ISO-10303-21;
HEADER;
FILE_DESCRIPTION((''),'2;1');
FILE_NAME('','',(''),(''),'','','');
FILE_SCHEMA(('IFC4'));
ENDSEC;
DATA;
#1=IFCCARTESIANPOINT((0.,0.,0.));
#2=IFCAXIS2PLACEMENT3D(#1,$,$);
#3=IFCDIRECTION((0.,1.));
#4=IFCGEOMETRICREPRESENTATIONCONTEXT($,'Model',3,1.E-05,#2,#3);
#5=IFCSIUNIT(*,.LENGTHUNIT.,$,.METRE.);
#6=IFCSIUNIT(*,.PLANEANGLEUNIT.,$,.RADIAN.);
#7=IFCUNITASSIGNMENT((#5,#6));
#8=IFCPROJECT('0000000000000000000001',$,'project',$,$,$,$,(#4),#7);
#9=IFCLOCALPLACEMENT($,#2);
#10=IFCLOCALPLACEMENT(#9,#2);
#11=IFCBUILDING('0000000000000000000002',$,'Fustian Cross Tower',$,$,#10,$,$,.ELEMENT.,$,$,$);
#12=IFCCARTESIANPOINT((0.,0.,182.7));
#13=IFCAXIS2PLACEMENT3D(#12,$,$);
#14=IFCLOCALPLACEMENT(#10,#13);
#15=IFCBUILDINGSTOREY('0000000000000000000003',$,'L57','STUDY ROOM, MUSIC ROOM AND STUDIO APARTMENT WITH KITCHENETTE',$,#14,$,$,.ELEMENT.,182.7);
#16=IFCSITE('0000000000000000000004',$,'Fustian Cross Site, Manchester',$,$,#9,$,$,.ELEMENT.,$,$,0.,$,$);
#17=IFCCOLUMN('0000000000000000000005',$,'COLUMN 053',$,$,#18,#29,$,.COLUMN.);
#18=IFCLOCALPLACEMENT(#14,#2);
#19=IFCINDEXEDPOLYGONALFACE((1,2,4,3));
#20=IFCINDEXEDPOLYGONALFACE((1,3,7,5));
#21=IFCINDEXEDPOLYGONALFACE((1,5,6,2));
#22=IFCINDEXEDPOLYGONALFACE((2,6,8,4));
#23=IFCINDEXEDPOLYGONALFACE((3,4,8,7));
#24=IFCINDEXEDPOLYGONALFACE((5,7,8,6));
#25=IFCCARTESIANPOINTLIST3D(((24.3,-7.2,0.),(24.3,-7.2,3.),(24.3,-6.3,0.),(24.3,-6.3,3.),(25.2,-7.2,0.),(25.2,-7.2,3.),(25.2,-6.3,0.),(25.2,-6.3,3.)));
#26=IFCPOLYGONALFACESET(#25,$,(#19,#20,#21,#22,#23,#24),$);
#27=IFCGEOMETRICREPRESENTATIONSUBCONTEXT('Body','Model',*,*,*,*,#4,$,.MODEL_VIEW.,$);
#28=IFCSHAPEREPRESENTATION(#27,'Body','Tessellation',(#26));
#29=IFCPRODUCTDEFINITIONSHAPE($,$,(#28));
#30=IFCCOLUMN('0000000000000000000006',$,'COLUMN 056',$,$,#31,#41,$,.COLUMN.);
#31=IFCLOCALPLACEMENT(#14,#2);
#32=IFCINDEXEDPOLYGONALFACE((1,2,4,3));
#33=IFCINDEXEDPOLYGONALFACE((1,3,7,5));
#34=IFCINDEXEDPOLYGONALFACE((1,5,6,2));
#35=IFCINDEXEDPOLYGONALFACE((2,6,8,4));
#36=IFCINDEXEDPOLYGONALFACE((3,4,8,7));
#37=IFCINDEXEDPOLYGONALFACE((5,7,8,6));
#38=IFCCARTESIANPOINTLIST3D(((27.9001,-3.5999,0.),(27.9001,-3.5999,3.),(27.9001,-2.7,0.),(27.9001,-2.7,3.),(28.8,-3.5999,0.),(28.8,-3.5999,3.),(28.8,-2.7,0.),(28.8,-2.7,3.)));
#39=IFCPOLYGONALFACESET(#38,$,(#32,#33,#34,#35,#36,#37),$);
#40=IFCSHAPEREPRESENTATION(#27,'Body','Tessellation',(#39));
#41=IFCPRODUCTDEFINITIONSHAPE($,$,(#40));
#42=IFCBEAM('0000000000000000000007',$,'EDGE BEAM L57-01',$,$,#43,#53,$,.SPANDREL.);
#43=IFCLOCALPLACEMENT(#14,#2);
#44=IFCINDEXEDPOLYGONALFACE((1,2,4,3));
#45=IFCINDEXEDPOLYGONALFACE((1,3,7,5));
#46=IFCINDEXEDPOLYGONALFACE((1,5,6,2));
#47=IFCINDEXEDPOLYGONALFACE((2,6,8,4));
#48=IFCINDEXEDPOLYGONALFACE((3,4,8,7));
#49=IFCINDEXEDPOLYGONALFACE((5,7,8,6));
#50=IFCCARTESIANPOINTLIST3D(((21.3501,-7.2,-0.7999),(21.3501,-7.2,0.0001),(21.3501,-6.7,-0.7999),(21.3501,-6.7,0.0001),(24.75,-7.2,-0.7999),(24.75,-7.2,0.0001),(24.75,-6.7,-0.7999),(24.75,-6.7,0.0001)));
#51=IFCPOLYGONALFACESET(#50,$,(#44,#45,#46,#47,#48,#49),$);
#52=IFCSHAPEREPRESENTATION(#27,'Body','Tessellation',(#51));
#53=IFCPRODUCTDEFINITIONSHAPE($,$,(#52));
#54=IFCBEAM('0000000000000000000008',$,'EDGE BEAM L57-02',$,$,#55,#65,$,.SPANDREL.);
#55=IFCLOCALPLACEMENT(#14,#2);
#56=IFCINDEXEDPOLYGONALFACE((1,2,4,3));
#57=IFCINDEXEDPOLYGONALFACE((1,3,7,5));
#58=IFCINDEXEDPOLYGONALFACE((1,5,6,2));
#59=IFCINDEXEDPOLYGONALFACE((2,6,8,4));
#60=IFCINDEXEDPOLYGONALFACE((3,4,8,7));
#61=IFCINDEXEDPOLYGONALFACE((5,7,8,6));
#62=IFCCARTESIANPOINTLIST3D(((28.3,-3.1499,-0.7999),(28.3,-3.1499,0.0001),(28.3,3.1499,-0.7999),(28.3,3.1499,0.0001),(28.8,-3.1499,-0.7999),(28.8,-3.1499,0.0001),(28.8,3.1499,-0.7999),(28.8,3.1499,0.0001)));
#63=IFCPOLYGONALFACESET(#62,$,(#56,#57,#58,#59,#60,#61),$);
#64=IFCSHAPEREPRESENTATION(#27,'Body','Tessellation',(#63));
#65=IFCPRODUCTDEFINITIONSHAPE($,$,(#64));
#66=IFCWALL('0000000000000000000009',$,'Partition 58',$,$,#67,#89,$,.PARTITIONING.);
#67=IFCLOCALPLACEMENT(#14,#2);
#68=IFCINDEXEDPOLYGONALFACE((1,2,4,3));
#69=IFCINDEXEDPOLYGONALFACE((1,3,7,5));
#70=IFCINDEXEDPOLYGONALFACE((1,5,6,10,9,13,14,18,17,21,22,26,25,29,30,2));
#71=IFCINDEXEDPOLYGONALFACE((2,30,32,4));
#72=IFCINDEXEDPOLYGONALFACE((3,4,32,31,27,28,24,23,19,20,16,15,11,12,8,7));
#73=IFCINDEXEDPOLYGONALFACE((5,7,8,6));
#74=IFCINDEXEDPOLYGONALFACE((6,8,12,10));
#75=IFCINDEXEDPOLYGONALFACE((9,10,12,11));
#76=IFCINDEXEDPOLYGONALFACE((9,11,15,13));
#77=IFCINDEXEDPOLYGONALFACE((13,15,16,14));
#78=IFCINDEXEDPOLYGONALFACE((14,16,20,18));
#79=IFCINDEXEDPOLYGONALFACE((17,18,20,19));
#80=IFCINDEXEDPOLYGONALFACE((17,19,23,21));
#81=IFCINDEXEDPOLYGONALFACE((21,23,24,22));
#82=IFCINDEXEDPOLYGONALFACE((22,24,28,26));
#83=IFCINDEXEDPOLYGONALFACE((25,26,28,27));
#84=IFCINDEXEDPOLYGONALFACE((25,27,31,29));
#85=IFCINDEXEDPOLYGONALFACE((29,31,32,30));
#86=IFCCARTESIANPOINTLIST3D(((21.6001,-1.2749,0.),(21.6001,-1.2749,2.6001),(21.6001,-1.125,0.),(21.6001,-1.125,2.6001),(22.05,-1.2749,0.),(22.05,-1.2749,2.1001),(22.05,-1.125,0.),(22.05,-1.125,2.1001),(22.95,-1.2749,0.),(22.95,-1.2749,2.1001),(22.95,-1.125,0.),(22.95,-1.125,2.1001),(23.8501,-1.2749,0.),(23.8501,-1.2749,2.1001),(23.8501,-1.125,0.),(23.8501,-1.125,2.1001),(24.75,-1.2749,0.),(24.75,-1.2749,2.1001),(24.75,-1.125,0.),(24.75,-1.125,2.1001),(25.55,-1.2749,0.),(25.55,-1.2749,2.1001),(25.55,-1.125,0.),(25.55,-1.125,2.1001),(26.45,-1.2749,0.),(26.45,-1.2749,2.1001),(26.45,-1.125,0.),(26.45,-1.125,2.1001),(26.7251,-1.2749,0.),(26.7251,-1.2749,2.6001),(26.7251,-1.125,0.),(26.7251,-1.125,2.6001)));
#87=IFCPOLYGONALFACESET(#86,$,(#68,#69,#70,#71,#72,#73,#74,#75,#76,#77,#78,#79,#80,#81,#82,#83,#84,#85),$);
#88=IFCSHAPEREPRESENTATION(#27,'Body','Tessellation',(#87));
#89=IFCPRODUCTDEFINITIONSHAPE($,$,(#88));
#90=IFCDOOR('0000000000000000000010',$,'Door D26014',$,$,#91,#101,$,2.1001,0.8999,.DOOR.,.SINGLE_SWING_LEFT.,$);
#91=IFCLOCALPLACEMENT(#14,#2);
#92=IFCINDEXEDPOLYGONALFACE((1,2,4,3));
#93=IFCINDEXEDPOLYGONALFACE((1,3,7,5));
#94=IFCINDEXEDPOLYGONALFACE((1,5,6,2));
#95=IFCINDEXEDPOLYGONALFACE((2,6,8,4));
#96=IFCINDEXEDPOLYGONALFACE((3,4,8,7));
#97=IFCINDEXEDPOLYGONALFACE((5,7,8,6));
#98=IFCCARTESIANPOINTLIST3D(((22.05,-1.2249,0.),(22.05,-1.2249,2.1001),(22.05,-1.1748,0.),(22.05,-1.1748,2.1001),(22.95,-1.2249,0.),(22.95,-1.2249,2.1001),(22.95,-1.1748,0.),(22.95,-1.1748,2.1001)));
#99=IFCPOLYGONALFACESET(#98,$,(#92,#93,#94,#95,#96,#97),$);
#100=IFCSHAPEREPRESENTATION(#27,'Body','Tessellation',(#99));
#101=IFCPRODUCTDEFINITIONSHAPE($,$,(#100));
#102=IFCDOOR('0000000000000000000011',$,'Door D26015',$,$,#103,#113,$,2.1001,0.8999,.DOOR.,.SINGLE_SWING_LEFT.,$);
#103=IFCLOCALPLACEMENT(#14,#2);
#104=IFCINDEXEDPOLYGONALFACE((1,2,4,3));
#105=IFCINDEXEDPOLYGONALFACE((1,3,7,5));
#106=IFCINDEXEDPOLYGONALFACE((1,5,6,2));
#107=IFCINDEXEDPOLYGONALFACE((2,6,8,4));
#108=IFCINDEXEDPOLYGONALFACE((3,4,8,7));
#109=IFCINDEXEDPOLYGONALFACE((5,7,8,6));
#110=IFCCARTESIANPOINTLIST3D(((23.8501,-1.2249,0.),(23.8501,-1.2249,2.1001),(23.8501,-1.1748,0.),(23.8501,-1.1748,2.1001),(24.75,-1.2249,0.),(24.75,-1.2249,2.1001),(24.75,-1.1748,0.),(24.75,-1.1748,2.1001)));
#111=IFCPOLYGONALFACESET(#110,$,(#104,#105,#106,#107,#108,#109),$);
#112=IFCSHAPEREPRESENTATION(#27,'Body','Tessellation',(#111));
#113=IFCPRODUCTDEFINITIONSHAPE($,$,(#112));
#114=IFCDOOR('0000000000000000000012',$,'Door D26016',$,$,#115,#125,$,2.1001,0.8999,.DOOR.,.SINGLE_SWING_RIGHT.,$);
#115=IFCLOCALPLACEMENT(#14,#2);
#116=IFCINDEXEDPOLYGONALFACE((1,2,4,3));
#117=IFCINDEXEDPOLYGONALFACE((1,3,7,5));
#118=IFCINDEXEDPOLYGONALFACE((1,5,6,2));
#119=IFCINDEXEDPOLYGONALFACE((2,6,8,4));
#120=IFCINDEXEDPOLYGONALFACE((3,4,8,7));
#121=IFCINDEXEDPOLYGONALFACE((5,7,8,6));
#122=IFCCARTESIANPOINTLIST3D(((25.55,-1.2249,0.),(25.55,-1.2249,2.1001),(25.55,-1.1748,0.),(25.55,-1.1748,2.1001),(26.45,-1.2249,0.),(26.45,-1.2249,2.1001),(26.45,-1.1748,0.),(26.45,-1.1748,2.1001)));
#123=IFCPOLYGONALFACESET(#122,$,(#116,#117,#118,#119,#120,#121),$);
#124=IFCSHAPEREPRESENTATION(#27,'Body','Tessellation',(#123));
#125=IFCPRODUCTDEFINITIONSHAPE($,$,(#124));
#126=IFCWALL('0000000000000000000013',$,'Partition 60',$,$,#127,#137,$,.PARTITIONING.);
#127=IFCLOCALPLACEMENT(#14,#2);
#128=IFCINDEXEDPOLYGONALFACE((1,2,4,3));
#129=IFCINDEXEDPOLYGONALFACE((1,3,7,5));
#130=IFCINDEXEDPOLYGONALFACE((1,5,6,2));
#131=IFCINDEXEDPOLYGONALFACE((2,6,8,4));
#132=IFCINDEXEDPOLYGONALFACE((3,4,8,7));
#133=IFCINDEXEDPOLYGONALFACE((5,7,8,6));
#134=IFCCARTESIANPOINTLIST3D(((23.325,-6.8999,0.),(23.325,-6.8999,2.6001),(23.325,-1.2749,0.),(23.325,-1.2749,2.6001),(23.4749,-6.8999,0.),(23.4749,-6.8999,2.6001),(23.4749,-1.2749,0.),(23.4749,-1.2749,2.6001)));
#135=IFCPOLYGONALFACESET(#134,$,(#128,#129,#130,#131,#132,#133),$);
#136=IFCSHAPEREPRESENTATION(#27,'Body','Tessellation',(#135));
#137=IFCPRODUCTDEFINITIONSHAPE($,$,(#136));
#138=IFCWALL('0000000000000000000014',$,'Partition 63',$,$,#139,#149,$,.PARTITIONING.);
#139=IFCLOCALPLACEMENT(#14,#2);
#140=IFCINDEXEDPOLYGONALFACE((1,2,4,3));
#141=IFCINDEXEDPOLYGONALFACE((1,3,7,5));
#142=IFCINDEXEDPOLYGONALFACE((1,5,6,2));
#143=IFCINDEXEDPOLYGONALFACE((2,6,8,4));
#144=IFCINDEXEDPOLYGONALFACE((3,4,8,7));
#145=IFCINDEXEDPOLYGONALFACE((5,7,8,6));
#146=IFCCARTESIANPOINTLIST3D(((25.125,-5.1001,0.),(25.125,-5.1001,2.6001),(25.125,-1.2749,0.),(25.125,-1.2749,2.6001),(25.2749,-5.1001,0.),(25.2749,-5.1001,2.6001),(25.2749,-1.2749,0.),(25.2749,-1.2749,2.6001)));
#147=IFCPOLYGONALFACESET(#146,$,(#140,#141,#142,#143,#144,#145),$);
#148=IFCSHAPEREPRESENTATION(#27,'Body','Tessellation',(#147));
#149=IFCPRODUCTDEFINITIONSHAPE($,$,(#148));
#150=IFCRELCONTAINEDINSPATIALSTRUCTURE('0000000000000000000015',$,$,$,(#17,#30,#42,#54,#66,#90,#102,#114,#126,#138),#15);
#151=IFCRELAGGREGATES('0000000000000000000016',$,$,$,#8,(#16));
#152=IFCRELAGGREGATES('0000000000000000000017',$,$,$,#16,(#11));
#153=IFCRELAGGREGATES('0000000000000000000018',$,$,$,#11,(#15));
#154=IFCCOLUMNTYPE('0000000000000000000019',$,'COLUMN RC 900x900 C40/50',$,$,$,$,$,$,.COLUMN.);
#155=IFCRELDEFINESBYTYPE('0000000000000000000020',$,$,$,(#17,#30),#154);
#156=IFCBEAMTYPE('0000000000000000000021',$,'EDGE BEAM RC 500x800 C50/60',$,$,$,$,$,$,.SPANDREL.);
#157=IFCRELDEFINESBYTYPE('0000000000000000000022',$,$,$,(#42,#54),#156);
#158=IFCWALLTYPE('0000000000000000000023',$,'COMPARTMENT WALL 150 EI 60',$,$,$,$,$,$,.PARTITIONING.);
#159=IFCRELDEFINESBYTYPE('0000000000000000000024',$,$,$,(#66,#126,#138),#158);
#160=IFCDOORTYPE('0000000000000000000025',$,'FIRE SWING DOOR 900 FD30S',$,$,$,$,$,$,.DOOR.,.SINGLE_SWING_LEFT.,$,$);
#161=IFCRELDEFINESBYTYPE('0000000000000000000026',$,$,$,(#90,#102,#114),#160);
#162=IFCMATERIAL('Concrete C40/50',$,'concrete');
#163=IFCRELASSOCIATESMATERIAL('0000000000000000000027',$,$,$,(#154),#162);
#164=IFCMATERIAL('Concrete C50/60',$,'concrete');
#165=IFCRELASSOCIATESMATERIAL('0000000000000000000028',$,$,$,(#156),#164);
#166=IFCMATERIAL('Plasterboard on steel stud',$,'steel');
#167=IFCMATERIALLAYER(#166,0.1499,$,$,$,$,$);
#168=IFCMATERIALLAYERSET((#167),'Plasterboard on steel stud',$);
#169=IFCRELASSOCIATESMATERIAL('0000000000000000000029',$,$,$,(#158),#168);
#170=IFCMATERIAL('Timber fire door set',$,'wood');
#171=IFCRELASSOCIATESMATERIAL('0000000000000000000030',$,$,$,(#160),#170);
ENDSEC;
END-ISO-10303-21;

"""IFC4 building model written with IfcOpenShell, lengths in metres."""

from ifc_helpers import new_model, si_unit, direction, frame, frame_2d, origin, origin_2d, place, context, subcontext, project, spatial, rectangle, extrude, material, layer, layer_set, material_profile, profile_set, type_object, element, fill, save


model = new_model("IFC4")

# Units and contexts
model_context = context("Model", 3, precision=1e-05, world=origin(), true_north=direction((0.0, 1.0)))
body_context = subcontext(model_context, "Body", "Model", "MODEL_VIEW")
ifc_project = project(units=[si_unit("LENGTHUNIT", "METRE"), si_unit("PLANEANGLEUNIT", "RADIAN")], contexts=[model_context])

# Site, building, storey
site_placement = place(None, origin())
site = spatial("IfcSite", under=ifc_project, at=site_placement, Name="Fustian Cross Site, Manchester", CompositionType="ELEMENT", RefElevation=0.0)
building_placement = place(site_placement, origin())
building = spatial("IfcBuilding", under=site, at=building_placement, Name="Fustian Cross Tower", CompositionType="ELEMENT")
storey_placement = place(building_placement, frame((0.0, 0.0, 182.7)))
storey = spatial("IfcBuildingStorey", under=building, at=storey_placement, Name="L57", Description="STUDY ROOM, MUSIC ROOM AND STUDIO APARTMENT WITH KITCHENETTE", CompositionType="ELEMENT", Elevation=182.7)

# Columns
ifc_material_1 = material(Name="Concrete C40/50", Category="concrete")
ifc_material_profile_1 = material_profile(ifc_material_1, rectangle(XDim=0.8999, YDim=0.8999, at=origin_2d()), Name="RC 900x900")
ifc_profile_set_1 = profile_set([ifc_material_profile_1], Name="Concrete C40/50")
column_type = type_object("IfcColumnType", Name="COLUMN RC 900x900 C40/50", PredefinedType="COLUMN", material=ifc_profile_set_1)
for number, where, z_axis, x_axis, name in (
    (1, (24.75, -6.75, 0.0), (0.0, 0.0, 1.0), (1.0, 0.0, 0.0), "COLUMN 053"),
    (2, (28.3501, -3.1499, 0.0), (0.0, 0.0, 1.0), (1.0, 0.0, 0.0), "COLUMN 056"),
):
    element("IfcColumn", number, at=place(storey_placement, frame(where, z_axis=z_axis, x_axis=x_axis)), inside=storey, type_object=column_type, Name=name, PredefinedType="COLUMN", context=body_context, shape_type="SweptSolid", body=[
        extrude(rectangle(XDim=0.8999, YDim=0.8999, at=origin_2d()), origin(), (0.0, 0.0, 1.0), 3.0),
    ])

# Beams
ifc_material_2 = material(Name="Concrete C50/60", Category="concrete")
ifc_material_profile_2 = material_profile(ifc_material_2, rectangle(XDim=0.5, YDim=0.8, at=origin_2d()), Name="RC 500x800")
ifc_profile_set_2 = profile_set([ifc_material_profile_2], Name="Concrete C50/60")
beam_type = type_object("IfcBeamType", Name="EDGE BEAM RC 500x800 C50/60", PredefinedType="SPANDREL", material=ifc_profile_set_2)
beam_1_placement = place(storey_placement, frame((21.3501, -6.95, -0.3999), z_axis=(1.0, 0.0, 0.0), x_axis=(0.0, 1.0, 0.0)))
element("IfcBeam", 3, at=beam_1_placement, inside=storey, type_object=beam_type, Name="EDGE BEAM L57-01", PredefinedType="SPANDREL", context=body_context, shape_type="SweptSolid", body=[
    extrude(rectangle(XDim=0.5, YDim=0.8, at=origin_2d()), origin(), (0.0, 0.0, 1.0), 3.3999),
])
beam_2_placement = place(storey_placement, frame((28.55, -3.1499, -0.3999), z_axis=(0.0, 1.0, 0.0), x_axis=(-1.0, 0.0, 0.0)))
element("IfcBeam", 4, at=beam_2_placement, inside=storey, type_object=beam_type, Name="EDGE BEAM L57-02", PredefinedType="SPANDREL", context=body_context, shape_type="SweptSolid", body=[
    extrude(rectangle(XDim=0.5, YDim=0.8, at=origin_2d()), origin(), (0.0, 0.0, 1.0), 6.2998),
])

# Wall, openings, doors
ifc_material_3 = material(Name="Plasterboard on steel stud", Category="steel")
ifc_layer_1 = layer(ifc_material_3, 0.1499)
ifc_layer_set_1 = layer_set([ifc_layer_1], Name="Plasterboard on steel stud")
wall_type_1 = type_object("IfcWallType", Name="COMPARTMENT WALL 150 EI 60", PredefinedType="PARTITIONING", material=ifc_layer_set_1)
wall_1_placement = place(storey_placement, frame((21.6001, -1.2, 0.0), z_axis=(0.0, 0.0, 1.0), x_axis=(1.0, 0.0, 0.0)))
wall_1 = element("IfcWall", 5, at=wall_1_placement, inside=storey, type_object=wall_type_1, Name="Partition 58", PredefinedType="PARTITIONING", context=body_context, shape_type="SweptSolid", body=[
    extrude(rectangle(XDim=5.125, YDim=0.1499, at=frame_2d((2.5625, 0.0))), origin(), (0.0, 0.0, 1.0), 2.6001),
])
opening_1_placement = place(wall_1_placement, frame((0.45, 0.0, 0.0)))
opening_1 = element("IfcOpeningElement", 6, at=opening_1_placement, cuts=wall_1, PredefinedType="OPENING", context=body_context, shape_type="SweptSolid", body=[
    extrude(rectangle(XDim=0.8999, YDim=2.1001, at=frame_2d((0.45, 1.05))), frame((0.0, 0.085, 0.0), z_axis=(0.0, -1.0, 0.0), x_axis=(1.0, 0.0, 0.0)), (0.0, 0.0, 1.0), 0.1699),
])
opening_2_placement = place(wall_1_placement, frame((2.25, 0.0, 0.0)))
opening_2 = element("IfcOpeningElement", 7, at=opening_2_placement, cuts=wall_1, PredefinedType="OPENING", context=body_context, shape_type="SweptSolid", body=[
    extrude(rectangle(XDim=0.8999, YDim=2.1001, at=frame_2d((0.45, 1.05))), frame((0.0, 0.085, 0.0), z_axis=(0.0, -1.0, 0.0), x_axis=(1.0, 0.0, 0.0)), (0.0, 0.0, 1.0), 0.1699),
])
opening_3_placement = place(wall_1_placement, frame((3.95, 0.0, 0.0)))
opening_3 = element("IfcOpeningElement", 8, at=opening_3_placement, cuts=wall_1, PredefinedType="OPENING", context=body_context, shape_type="SweptSolid", body=[
    extrude(rectangle(XDim=0.8999, YDim=2.1001, at=frame_2d((0.45, 1.05))), frame((0.0, 0.085, 0.0), z_axis=(0.0, -1.0, 0.0), x_axis=(1.0, 0.0, 0.0)), (0.0, 0.0, 1.0), 0.1699),
])
ifc_material_4 = material(Name="Timber fire door set", Category="wood")
door_type_1 = type_object("IfcDoorType", Name="FIRE SWING DOOR 900 FD30S", OperationType="SINGLE_SWING_LEFT", PredefinedType="DOOR", material=ifc_material_4)
door_1_placement = place(opening_1_placement, frame((0.8999, 0.0, 0.0), z_axis=(0.0, 0.0, 1.0), x_axis=(-1.0, 0.0, 0.0)))
door_1 = element("IfcDoor", 9, at=door_1_placement, inside=storey, type_object=door_type_1, Name="Door D26014", OperationType="SINGLE_SWING_LEFT", OverallHeight=2.1001, OverallWidth=0.8999, PredefinedType="DOOR", context=body_context, shape_type="SweptSolid", body=[
    extrude(rectangle(XDim=0.8999, YDim=2.1001, at=frame_2d((0.45, 1.05))), frame((0.0, 0.0249, 0.0), z_axis=(0.0, -1.0, 0.0), x_axis=(1.0, 0.0, 0.0)), (0.0, 0.0, 1.0), 0.05),
])
fill(opening_1, door_1)
door_2_placement = place(opening_2_placement, frame((0.8999, 0.0, 0.0), z_axis=(0.0, 0.0, 1.0), x_axis=(-1.0, 0.0, 0.0)))
door_2 = element("IfcDoor", 10, at=door_2_placement, inside=storey, type_object=door_type_1, Name="Door D26015", OperationType="SINGLE_SWING_LEFT", OverallHeight=2.1001, OverallWidth=0.8999, PredefinedType="DOOR", context=body_context, shape_type="SweptSolid", body=[
    extrude(rectangle(XDim=0.8999, YDim=2.1001, at=frame_2d((0.45, 1.05))), frame((0.0, 0.0249, 0.0), z_axis=(0.0, -1.0, 0.0), x_axis=(1.0, 0.0, 0.0)), (0.0, 0.0, 1.0), 0.05),
])
fill(opening_2, door_2)
door_3_placement = place(opening_3_placement, frame((0.8999, 0.0, 0.0), z_axis=(0.0, 0.0, 1.0), x_axis=(-1.0, 0.0, 0.0)))
door_3 = element("IfcDoor", 11, at=door_3_placement, inside=storey, type_object=door_type_1, Name="Door D26016", OperationType="SINGLE_SWING_RIGHT", OverallHeight=2.1001, OverallWidth=0.8999, PredefinedType="DOOR", context=body_context, shape_type="SweptSolid", body=[
    extrude(rectangle(XDim=0.8999, YDim=2.1001, at=frame_2d((0.45, 1.05))), frame((0.0, 0.0249, 0.0), z_axis=(0.0, -1.0, 0.0), x_axis=(1.0, 0.0, 0.0)), (0.0, 0.0, 1.0), 0.05),
])
fill(opening_3, door_3)

# Walls
wall_2_placement = place(storey_placement, frame((23.3999, -6.8999, 0.0), z_axis=(0.0, 0.0, 1.0), x_axis=(0.0, 1.0, 0.0)))
element("IfcWall", 12, at=wall_2_placement, inside=storey, type_object=wall_type_1, Name="Partition 60", PredefinedType="PARTITIONING", context=body_context, shape_type="SweptSolid", body=[
    extrude(rectangle(XDim=5.625, YDim=0.1499, at=frame_2d((2.8125, 0.0))), origin(), (0.0, 0.0, 1.0), 2.6001),
])
wall_3_placement = place(storey_placement, frame((25.2, -5.1001, 0.0), z_axis=(0.0, 0.0, 1.0), x_axis=(0.0, 1.0, 0.0)))
element("IfcWall", 13, at=wall_3_placement, inside=storey, type_object=wall_type_1, Name="Partition 63", PredefinedType="PARTITIONING", context=body_context, shape_type="SweptSolid", body=[
    extrude(rectangle(XDim=3.8252, YDim=0.1499, at=frame_2d((1.9126, 0.0))), origin(), (0.0, 0.0, 1.0), 2.6001),
])

save(model, "model.ifc")
